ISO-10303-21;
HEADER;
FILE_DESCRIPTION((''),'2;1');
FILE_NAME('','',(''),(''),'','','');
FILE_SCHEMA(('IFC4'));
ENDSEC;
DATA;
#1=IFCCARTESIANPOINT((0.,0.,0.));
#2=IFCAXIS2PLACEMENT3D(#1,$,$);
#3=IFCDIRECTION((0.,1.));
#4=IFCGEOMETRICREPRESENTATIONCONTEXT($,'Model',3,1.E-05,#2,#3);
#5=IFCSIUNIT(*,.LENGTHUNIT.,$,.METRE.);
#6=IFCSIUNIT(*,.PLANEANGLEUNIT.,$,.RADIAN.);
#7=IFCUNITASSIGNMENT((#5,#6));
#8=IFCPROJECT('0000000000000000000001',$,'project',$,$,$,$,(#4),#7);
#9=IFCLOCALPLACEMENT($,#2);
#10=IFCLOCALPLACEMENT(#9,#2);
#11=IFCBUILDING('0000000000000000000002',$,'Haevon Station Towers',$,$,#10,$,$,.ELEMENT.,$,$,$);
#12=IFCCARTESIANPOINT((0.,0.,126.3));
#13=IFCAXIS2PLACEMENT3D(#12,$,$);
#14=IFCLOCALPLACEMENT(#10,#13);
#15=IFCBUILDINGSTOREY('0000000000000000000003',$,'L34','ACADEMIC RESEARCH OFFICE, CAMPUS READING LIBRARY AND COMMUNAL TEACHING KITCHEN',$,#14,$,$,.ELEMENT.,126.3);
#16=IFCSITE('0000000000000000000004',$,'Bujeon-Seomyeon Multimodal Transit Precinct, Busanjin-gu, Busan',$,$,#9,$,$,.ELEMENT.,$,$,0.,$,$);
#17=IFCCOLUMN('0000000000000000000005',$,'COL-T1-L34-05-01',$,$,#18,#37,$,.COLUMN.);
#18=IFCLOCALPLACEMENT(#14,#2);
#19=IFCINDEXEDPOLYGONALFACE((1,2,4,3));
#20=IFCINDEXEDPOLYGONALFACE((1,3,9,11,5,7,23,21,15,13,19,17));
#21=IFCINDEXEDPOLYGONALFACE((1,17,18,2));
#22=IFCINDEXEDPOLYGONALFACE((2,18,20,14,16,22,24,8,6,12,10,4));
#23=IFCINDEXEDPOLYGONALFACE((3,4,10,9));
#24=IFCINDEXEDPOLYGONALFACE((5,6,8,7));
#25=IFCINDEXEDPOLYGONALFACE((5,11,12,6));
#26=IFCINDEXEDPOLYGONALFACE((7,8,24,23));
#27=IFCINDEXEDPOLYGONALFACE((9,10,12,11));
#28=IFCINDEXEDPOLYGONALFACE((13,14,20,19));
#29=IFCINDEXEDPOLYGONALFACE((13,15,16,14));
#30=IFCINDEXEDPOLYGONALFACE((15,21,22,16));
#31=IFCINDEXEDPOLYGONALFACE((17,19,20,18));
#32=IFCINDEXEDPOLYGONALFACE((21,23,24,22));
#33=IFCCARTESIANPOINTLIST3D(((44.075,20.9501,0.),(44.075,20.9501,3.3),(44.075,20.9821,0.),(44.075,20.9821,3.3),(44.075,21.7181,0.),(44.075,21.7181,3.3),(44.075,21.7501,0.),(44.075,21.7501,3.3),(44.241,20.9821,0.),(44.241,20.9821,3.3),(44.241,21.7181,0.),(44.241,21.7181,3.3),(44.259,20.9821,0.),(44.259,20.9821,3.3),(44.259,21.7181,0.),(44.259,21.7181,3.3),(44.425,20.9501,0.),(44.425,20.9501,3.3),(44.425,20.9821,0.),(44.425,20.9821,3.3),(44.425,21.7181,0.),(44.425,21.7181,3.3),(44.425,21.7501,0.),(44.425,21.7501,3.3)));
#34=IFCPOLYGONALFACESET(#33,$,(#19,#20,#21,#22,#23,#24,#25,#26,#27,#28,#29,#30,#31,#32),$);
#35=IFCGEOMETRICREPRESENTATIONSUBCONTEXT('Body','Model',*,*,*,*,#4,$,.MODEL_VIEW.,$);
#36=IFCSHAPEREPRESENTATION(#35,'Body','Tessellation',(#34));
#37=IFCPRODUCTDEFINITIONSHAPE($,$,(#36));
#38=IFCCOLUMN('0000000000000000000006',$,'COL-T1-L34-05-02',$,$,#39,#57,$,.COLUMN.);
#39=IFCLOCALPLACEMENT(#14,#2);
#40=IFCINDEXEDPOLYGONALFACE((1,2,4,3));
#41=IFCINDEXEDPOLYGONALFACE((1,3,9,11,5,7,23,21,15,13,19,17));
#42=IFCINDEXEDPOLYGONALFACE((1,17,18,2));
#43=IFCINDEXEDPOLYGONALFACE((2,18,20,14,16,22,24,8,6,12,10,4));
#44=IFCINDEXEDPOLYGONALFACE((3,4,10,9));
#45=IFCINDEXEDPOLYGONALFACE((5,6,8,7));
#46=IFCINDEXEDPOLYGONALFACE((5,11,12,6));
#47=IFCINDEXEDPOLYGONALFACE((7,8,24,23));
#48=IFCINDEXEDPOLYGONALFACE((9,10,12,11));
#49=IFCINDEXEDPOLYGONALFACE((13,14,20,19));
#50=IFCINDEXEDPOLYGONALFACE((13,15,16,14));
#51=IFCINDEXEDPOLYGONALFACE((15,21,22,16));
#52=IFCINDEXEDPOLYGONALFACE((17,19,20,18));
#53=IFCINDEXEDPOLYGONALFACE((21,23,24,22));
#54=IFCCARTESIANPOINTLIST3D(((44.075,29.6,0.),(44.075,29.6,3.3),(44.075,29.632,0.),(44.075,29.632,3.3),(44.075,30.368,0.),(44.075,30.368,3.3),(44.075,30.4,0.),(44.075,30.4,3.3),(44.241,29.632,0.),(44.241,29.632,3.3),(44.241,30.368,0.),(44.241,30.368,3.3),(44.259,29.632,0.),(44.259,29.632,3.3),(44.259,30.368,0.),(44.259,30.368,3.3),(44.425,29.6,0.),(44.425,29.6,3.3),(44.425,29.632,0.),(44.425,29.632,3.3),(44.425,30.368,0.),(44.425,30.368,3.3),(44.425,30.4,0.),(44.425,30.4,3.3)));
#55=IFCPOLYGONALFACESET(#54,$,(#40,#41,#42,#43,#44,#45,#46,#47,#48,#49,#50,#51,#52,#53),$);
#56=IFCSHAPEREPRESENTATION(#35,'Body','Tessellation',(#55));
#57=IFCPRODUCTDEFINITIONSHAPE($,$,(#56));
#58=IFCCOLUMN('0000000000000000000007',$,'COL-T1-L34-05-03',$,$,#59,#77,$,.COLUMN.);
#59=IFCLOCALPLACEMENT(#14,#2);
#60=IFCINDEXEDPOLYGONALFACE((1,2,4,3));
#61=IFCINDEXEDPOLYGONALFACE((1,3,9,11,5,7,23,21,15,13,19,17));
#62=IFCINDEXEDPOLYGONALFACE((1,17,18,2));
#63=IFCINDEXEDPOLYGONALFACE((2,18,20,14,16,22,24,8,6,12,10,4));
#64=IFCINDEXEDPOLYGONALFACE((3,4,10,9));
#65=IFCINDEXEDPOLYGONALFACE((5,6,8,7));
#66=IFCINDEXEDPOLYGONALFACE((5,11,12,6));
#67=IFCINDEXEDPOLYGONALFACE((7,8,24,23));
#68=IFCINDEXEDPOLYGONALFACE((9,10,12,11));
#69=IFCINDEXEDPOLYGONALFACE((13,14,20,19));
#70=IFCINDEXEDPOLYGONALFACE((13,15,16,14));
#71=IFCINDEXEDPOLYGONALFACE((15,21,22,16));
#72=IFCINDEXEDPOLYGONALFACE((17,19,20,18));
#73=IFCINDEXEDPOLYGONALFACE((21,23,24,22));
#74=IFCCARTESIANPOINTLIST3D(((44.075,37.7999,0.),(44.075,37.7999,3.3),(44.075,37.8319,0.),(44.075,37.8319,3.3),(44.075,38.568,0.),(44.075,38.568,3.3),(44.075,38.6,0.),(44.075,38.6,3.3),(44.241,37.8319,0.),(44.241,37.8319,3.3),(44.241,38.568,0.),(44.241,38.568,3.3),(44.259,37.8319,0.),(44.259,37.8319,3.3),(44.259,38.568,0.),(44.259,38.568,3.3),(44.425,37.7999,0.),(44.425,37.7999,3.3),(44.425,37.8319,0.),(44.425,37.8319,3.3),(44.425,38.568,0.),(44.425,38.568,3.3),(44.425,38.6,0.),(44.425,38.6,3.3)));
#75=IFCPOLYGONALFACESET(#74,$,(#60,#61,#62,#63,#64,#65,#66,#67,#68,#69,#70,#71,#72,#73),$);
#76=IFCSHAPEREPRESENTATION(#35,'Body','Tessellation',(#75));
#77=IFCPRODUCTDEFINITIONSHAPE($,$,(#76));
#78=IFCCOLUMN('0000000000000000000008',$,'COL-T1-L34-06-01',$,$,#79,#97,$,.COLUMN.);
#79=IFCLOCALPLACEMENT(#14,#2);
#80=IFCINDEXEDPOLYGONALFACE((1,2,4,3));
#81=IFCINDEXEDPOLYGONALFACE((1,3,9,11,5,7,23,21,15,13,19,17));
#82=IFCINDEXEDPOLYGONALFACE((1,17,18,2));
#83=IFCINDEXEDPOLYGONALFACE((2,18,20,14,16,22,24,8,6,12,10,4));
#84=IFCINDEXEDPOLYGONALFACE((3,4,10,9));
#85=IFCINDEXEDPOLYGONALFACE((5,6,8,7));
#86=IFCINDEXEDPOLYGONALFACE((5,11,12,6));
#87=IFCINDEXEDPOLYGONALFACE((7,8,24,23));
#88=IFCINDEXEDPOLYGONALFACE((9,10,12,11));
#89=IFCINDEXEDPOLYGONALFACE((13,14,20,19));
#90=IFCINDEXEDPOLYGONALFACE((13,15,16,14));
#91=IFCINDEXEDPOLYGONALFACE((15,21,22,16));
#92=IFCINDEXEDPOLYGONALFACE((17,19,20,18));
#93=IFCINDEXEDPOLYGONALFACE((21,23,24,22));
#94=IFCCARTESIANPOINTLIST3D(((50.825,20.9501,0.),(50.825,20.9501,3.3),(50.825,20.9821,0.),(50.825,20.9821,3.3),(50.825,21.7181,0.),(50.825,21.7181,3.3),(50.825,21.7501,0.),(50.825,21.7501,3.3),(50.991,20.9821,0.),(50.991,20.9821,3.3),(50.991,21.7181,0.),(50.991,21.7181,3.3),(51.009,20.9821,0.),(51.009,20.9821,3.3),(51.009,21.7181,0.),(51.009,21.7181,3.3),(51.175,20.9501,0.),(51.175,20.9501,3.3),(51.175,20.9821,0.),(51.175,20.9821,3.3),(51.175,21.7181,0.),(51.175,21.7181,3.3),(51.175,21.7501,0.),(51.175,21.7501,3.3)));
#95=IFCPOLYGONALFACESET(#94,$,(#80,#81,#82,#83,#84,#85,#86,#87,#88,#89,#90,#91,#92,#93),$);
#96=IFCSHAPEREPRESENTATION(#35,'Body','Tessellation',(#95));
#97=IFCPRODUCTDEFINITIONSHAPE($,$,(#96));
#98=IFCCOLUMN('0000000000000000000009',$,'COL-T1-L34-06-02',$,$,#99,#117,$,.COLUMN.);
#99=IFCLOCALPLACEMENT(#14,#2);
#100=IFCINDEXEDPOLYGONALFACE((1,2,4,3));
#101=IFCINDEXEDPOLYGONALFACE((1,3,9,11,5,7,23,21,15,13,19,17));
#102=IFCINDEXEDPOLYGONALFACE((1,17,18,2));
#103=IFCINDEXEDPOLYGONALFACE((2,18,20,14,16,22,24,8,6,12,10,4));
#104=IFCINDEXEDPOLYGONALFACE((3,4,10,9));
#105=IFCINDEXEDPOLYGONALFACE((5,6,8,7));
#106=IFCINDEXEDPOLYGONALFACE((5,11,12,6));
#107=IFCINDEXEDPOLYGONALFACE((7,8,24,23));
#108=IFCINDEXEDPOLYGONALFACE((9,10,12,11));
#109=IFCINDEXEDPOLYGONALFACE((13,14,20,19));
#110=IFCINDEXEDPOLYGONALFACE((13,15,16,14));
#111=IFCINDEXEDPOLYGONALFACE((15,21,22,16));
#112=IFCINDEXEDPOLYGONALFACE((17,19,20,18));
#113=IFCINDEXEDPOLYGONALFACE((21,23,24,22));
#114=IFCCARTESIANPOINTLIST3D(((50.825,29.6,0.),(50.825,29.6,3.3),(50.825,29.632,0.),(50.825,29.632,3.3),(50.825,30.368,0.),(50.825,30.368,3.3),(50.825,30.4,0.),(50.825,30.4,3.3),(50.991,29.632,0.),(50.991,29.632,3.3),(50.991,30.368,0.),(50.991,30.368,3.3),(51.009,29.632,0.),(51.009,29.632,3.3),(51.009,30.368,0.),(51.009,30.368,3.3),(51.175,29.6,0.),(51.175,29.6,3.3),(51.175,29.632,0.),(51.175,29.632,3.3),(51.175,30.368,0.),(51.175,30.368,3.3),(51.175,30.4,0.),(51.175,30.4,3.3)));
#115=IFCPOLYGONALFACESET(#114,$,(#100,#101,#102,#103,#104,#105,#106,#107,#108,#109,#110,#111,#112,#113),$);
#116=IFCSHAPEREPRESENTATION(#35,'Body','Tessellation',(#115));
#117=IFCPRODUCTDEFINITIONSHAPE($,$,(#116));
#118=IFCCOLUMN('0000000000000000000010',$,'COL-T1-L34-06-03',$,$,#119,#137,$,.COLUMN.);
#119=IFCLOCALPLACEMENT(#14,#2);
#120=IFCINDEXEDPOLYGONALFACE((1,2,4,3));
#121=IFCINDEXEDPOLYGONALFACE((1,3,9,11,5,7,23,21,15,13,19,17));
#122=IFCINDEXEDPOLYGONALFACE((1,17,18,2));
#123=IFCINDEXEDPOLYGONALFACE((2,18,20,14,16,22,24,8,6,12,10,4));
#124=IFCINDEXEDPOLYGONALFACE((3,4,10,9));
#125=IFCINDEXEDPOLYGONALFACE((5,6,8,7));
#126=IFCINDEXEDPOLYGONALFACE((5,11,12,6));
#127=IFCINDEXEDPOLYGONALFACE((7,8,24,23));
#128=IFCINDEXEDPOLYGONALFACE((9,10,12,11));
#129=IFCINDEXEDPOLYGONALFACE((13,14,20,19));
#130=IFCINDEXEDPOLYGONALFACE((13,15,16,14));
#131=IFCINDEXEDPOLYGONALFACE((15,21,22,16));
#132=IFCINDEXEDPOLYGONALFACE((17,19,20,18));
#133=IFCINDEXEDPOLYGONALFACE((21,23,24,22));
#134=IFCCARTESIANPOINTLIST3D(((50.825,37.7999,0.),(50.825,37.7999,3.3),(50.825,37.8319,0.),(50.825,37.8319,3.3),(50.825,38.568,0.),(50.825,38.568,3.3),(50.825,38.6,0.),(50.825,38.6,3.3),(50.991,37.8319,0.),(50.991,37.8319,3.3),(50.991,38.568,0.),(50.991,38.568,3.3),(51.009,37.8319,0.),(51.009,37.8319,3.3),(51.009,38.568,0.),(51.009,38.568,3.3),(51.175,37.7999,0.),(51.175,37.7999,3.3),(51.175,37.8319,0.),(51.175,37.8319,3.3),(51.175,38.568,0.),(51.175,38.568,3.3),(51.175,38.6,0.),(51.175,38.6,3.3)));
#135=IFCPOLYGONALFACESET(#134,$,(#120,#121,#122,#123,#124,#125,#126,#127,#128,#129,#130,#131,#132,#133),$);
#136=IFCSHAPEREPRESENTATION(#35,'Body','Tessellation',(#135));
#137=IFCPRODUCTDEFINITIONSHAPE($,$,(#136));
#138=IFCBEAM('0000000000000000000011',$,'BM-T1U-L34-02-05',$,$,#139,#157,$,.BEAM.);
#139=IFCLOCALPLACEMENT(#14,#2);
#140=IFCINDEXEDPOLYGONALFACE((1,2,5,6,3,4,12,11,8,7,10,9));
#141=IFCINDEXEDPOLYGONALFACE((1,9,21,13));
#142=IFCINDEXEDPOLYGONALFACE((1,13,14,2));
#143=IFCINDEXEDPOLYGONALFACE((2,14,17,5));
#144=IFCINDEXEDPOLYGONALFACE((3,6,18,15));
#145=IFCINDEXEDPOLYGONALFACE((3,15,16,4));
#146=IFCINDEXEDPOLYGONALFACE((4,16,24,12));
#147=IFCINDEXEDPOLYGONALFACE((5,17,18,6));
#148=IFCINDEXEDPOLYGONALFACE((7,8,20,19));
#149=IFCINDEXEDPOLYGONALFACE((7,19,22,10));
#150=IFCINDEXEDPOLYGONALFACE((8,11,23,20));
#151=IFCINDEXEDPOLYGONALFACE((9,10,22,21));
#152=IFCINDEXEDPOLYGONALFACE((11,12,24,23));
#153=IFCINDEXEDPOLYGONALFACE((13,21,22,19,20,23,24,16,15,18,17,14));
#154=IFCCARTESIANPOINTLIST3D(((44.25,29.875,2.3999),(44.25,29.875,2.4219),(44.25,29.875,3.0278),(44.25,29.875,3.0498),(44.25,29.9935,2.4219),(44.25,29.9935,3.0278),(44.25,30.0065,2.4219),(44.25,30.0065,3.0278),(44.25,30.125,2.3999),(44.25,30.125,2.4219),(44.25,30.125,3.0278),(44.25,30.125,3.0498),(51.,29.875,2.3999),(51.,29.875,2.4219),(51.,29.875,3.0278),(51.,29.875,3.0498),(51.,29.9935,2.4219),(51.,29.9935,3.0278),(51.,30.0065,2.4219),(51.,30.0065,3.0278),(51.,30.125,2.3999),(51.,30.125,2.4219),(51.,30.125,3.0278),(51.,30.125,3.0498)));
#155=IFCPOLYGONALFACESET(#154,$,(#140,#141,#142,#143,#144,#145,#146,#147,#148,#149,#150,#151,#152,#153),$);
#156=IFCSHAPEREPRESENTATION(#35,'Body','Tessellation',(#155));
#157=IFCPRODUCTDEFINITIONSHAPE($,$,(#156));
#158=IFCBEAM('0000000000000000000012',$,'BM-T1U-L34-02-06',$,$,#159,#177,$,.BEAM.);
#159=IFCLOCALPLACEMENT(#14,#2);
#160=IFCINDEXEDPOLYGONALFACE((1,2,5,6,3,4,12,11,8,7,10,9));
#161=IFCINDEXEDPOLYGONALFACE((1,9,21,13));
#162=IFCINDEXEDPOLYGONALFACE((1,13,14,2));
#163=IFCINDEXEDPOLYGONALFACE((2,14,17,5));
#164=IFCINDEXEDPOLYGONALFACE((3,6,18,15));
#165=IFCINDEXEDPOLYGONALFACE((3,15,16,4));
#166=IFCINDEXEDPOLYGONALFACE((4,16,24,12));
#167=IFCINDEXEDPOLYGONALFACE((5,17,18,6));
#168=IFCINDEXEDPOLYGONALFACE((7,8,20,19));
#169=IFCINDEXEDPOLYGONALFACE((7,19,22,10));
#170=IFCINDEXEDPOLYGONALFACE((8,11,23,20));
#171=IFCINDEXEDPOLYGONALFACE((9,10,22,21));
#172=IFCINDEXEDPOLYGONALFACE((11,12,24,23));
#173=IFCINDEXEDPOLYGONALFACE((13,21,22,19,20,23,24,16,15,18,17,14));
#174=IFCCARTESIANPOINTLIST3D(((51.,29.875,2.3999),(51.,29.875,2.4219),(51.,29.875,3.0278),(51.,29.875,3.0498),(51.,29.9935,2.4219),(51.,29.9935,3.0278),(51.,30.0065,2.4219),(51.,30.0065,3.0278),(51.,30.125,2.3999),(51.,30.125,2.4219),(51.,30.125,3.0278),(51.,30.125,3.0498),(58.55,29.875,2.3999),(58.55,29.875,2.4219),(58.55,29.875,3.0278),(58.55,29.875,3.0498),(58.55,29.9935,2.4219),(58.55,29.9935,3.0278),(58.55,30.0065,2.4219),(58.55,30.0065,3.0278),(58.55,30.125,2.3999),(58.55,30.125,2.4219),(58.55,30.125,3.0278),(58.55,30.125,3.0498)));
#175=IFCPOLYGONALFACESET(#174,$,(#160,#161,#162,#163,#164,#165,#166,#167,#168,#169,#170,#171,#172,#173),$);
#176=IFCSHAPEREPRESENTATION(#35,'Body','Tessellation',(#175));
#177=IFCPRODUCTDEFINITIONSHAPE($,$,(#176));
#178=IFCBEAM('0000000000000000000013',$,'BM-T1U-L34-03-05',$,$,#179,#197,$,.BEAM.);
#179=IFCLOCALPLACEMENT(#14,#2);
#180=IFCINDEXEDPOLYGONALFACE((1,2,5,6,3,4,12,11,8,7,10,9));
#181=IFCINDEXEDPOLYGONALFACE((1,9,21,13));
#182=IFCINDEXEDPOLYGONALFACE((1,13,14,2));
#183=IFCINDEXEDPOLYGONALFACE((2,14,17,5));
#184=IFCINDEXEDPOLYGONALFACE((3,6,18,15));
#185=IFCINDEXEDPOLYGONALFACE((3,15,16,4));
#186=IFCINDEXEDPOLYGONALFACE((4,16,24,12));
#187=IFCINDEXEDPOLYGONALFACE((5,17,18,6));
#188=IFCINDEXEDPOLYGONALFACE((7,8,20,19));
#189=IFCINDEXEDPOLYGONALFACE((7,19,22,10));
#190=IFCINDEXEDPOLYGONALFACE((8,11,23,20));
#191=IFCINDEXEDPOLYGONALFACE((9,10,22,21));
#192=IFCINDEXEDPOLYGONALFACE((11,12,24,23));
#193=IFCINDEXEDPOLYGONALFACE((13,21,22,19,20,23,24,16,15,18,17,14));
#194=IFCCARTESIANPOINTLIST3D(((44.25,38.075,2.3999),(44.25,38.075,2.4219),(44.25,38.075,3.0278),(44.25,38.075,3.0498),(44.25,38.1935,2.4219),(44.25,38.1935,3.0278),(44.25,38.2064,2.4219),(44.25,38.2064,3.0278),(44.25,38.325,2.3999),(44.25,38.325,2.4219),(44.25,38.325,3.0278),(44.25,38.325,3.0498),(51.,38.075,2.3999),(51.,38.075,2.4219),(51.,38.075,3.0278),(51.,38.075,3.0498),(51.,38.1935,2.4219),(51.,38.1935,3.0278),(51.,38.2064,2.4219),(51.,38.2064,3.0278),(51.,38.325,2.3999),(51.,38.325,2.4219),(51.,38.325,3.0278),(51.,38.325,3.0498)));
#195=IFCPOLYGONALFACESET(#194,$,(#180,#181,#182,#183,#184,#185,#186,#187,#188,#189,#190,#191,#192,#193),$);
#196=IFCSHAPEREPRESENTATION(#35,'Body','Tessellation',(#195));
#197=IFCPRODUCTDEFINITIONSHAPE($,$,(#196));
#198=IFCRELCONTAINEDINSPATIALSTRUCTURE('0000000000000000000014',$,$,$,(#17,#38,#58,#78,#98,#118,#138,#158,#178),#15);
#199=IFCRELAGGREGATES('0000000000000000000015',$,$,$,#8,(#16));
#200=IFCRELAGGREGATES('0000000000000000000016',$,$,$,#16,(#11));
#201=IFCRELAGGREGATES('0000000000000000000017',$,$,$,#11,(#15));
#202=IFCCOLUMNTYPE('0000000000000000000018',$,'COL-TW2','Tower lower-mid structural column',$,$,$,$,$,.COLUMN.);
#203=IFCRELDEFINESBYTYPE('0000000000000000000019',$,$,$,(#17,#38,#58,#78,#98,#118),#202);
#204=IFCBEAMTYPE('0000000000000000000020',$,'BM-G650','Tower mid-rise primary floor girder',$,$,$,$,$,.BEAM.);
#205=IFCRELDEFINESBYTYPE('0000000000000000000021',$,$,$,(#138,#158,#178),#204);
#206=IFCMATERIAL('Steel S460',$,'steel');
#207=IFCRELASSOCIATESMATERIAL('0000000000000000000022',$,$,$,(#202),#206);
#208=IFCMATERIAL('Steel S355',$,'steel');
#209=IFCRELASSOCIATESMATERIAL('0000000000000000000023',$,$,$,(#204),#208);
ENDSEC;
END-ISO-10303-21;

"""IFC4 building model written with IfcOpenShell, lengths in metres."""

from ifc_helpers import new_model, si_unit, direction, frame, origin, origin_2d, place, context, subcontext, project, spatial, i_section, extrude, material, material_profile, profile_set, type_object, element, save


model = new_model("IFC4")

# Units and contexts
model_context = context("Model", 3, precision=1e-05, world=origin(), true_north=direction((0.0, 1.0)))
body_context = subcontext(model_context, "Body", "Model", "MODEL_VIEW")
ifc_project = project(units=[si_unit("LENGTHUNIT", "METRE"), si_unit("PLANEANGLEUNIT", "RADIAN")], contexts=[model_context])

# Site, building, storey
site_placement = place(None, origin())
site = spatial("IfcSite", under=ifc_project, at=site_placement, Name="Bujeon-Seomyeon Multimodal Transit Precinct, Busanjin-gu, Busan", CompositionType="ELEMENT", RefElevation=0.0)
building_placement = place(site_placement, origin())
building = spatial("IfcBuilding", under=site, at=building_placement, Name="Haevon Station Towers", CompositionType="ELEMENT")
storey_placement = place(building_placement, frame((0.0, 0.0, 126.3)))
storey = spatial("IfcBuildingStorey", under=building, at=storey_placement, Name="L34", Description="ACADEMIC RESEARCH OFFICE, CAMPUS READING LIBRARY AND COMMUNAL TEACHING KITCHEN", CompositionType="ELEMENT", Elevation=126.3)

# Columns
ifc_material_1 = material(Name="Steel S460", Category="steel")
ifc_material_profile_1 = material_profile(ifc_material_1, i_section(OverallWidth=0.3501, OverallDepth=0.8, WebThickness=0.0181, FlangeThickness=0.032, at=origin_2d()), Name="H-800x350x18x32")
ifc_profile_set_1 = profile_set([ifc_material_profile_1], Name="Steel S460")
column_type = type_object("IfcColumnType", Name="COL-TW2", Description="Tower lower-mid structural column", PredefinedType="COLUMN", material=ifc_profile_set_1)
for number, where, z_axis, x_axis, name in (
    (1, (44.25, 21.3501, 0.0), (0.0, 0.0, 1.0), (1.0, 0.0, 0.0), "COL-T1-L34-05-01"),
    (2, (44.25, 30.0, 0.0), (0.0, 0.0, 1.0), (1.0, 0.0, 0.0), "COL-T1-L34-05-02"),
    (3, (44.25, 38.2, 0.0), (0.0, 0.0, 1.0), (1.0, 0.0, 0.0), "COL-T1-L34-05-03"),
    (4, (51.0, 21.3501, 0.0), (0.0, 0.0, 1.0), (1.0, 0.0, 0.0), "COL-T1-L34-06-01"),
    (5, (51.0, 30.0, 0.0), (0.0, 0.0, 1.0), (1.0, 0.0, 0.0), "COL-T1-L34-06-02"),
    (6, (51.0, 38.2, 0.0), (0.0, 0.0, 1.0), (1.0, 0.0, 0.0), "COL-T1-L34-06-03"),
):
    element("IfcColumn", number, at=place(storey_placement, frame(where, z_axis=z_axis, x_axis=x_axis)), inside=storey, type_object=column_type, Name=name, PredefinedType="COLUMN", context=body_context, shape_type="SweptSolid", body=[
        extrude(i_section(OverallWidth=0.3501, OverallDepth=0.8, WebThickness=0.0181, FlangeThickness=0.032, at=origin_2d()), origin(), (0.0, 0.0, 1.0), 3.3),
    ])

# Beams
ifc_material_2 = material(Name="Steel S355", Category="steel")
ifc_material_profile_2 = material_profile(ifc_material_2, i_section(OverallWidth=0.25, OverallDepth=0.6499, WebThickness=0.0129, FlangeThickness=0.022, at=origin_2d()), Name="H-650x250x13x22")
ifc_profile_set_2 = profile_set([ifc_material_profile_2], Name="Steel S355")
beam_type_1 = type_object("IfcBeamType", Name="BM-G650", Description="Tower mid-rise primary floor girder", PredefinedType="BEAM", material=ifc_profile_set_2)
beam_1_placement = place(storey_placement, frame((44.25, 30.0, 2.7249), z_axis=(1.0, 0.0, 0.0), x_axis=(0.0, 1.0, 0.0)))
element("IfcBeam", 7, at=beam_1_placement, inside=storey, type_object=beam_type_1, Name="BM-T1U-L34-02-05", PredefinedType="BEAM", context=body_context, shape_type="SweptSolid", body=[
    extrude(i_section(OverallWidth=0.25, OverallDepth=0.6499, WebThickness=0.0129, FlangeThickness=0.022, at=origin_2d()), origin(), (0.0, 0.0, 1.0), 6.75),
])
beam_2_placement = place(storey_placement, frame((51.0, 30.0, 2.7249), z_axis=(1.0, 0.0, 0.0), x_axis=(0.0, 1.0, 0.0)))
element("IfcBeam", 8, at=beam_2_placement, inside=storey, type_object=beam_type_1, Name="BM-T1U-L34-02-06", PredefinedType="BEAM", context=body_context, shape_type="SweptSolid", body=[
    extrude(i_section(OverallWidth=0.25, OverallDepth=0.6499, WebThickness=0.0129, FlangeThickness=0.022, at=origin_2d()), origin(), (0.0, 0.0, 1.0), 7.55),
])
beam_3_placement = place(storey_placement, frame((44.25, 38.2, 2.7249), z_axis=(1.0, 0.0, 0.0), x_axis=(0.0, 1.0, 0.0)))
element("IfcBeam", 9, at=beam_3_placement, inside=storey, type_object=beam_type_1, Name="BM-T1U-L34-03-05", PredefinedType="BEAM", context=body_context, shape_type="SweptSolid", body=[
    extrude(i_section(OverallWidth=0.25, OverallDepth=0.6499, WebThickness=0.0129, FlangeThickness=0.022, at=origin_2d()), origin(), (0.0, 0.0, 1.0), 6.75),
])

save(model, "model.ifc")
